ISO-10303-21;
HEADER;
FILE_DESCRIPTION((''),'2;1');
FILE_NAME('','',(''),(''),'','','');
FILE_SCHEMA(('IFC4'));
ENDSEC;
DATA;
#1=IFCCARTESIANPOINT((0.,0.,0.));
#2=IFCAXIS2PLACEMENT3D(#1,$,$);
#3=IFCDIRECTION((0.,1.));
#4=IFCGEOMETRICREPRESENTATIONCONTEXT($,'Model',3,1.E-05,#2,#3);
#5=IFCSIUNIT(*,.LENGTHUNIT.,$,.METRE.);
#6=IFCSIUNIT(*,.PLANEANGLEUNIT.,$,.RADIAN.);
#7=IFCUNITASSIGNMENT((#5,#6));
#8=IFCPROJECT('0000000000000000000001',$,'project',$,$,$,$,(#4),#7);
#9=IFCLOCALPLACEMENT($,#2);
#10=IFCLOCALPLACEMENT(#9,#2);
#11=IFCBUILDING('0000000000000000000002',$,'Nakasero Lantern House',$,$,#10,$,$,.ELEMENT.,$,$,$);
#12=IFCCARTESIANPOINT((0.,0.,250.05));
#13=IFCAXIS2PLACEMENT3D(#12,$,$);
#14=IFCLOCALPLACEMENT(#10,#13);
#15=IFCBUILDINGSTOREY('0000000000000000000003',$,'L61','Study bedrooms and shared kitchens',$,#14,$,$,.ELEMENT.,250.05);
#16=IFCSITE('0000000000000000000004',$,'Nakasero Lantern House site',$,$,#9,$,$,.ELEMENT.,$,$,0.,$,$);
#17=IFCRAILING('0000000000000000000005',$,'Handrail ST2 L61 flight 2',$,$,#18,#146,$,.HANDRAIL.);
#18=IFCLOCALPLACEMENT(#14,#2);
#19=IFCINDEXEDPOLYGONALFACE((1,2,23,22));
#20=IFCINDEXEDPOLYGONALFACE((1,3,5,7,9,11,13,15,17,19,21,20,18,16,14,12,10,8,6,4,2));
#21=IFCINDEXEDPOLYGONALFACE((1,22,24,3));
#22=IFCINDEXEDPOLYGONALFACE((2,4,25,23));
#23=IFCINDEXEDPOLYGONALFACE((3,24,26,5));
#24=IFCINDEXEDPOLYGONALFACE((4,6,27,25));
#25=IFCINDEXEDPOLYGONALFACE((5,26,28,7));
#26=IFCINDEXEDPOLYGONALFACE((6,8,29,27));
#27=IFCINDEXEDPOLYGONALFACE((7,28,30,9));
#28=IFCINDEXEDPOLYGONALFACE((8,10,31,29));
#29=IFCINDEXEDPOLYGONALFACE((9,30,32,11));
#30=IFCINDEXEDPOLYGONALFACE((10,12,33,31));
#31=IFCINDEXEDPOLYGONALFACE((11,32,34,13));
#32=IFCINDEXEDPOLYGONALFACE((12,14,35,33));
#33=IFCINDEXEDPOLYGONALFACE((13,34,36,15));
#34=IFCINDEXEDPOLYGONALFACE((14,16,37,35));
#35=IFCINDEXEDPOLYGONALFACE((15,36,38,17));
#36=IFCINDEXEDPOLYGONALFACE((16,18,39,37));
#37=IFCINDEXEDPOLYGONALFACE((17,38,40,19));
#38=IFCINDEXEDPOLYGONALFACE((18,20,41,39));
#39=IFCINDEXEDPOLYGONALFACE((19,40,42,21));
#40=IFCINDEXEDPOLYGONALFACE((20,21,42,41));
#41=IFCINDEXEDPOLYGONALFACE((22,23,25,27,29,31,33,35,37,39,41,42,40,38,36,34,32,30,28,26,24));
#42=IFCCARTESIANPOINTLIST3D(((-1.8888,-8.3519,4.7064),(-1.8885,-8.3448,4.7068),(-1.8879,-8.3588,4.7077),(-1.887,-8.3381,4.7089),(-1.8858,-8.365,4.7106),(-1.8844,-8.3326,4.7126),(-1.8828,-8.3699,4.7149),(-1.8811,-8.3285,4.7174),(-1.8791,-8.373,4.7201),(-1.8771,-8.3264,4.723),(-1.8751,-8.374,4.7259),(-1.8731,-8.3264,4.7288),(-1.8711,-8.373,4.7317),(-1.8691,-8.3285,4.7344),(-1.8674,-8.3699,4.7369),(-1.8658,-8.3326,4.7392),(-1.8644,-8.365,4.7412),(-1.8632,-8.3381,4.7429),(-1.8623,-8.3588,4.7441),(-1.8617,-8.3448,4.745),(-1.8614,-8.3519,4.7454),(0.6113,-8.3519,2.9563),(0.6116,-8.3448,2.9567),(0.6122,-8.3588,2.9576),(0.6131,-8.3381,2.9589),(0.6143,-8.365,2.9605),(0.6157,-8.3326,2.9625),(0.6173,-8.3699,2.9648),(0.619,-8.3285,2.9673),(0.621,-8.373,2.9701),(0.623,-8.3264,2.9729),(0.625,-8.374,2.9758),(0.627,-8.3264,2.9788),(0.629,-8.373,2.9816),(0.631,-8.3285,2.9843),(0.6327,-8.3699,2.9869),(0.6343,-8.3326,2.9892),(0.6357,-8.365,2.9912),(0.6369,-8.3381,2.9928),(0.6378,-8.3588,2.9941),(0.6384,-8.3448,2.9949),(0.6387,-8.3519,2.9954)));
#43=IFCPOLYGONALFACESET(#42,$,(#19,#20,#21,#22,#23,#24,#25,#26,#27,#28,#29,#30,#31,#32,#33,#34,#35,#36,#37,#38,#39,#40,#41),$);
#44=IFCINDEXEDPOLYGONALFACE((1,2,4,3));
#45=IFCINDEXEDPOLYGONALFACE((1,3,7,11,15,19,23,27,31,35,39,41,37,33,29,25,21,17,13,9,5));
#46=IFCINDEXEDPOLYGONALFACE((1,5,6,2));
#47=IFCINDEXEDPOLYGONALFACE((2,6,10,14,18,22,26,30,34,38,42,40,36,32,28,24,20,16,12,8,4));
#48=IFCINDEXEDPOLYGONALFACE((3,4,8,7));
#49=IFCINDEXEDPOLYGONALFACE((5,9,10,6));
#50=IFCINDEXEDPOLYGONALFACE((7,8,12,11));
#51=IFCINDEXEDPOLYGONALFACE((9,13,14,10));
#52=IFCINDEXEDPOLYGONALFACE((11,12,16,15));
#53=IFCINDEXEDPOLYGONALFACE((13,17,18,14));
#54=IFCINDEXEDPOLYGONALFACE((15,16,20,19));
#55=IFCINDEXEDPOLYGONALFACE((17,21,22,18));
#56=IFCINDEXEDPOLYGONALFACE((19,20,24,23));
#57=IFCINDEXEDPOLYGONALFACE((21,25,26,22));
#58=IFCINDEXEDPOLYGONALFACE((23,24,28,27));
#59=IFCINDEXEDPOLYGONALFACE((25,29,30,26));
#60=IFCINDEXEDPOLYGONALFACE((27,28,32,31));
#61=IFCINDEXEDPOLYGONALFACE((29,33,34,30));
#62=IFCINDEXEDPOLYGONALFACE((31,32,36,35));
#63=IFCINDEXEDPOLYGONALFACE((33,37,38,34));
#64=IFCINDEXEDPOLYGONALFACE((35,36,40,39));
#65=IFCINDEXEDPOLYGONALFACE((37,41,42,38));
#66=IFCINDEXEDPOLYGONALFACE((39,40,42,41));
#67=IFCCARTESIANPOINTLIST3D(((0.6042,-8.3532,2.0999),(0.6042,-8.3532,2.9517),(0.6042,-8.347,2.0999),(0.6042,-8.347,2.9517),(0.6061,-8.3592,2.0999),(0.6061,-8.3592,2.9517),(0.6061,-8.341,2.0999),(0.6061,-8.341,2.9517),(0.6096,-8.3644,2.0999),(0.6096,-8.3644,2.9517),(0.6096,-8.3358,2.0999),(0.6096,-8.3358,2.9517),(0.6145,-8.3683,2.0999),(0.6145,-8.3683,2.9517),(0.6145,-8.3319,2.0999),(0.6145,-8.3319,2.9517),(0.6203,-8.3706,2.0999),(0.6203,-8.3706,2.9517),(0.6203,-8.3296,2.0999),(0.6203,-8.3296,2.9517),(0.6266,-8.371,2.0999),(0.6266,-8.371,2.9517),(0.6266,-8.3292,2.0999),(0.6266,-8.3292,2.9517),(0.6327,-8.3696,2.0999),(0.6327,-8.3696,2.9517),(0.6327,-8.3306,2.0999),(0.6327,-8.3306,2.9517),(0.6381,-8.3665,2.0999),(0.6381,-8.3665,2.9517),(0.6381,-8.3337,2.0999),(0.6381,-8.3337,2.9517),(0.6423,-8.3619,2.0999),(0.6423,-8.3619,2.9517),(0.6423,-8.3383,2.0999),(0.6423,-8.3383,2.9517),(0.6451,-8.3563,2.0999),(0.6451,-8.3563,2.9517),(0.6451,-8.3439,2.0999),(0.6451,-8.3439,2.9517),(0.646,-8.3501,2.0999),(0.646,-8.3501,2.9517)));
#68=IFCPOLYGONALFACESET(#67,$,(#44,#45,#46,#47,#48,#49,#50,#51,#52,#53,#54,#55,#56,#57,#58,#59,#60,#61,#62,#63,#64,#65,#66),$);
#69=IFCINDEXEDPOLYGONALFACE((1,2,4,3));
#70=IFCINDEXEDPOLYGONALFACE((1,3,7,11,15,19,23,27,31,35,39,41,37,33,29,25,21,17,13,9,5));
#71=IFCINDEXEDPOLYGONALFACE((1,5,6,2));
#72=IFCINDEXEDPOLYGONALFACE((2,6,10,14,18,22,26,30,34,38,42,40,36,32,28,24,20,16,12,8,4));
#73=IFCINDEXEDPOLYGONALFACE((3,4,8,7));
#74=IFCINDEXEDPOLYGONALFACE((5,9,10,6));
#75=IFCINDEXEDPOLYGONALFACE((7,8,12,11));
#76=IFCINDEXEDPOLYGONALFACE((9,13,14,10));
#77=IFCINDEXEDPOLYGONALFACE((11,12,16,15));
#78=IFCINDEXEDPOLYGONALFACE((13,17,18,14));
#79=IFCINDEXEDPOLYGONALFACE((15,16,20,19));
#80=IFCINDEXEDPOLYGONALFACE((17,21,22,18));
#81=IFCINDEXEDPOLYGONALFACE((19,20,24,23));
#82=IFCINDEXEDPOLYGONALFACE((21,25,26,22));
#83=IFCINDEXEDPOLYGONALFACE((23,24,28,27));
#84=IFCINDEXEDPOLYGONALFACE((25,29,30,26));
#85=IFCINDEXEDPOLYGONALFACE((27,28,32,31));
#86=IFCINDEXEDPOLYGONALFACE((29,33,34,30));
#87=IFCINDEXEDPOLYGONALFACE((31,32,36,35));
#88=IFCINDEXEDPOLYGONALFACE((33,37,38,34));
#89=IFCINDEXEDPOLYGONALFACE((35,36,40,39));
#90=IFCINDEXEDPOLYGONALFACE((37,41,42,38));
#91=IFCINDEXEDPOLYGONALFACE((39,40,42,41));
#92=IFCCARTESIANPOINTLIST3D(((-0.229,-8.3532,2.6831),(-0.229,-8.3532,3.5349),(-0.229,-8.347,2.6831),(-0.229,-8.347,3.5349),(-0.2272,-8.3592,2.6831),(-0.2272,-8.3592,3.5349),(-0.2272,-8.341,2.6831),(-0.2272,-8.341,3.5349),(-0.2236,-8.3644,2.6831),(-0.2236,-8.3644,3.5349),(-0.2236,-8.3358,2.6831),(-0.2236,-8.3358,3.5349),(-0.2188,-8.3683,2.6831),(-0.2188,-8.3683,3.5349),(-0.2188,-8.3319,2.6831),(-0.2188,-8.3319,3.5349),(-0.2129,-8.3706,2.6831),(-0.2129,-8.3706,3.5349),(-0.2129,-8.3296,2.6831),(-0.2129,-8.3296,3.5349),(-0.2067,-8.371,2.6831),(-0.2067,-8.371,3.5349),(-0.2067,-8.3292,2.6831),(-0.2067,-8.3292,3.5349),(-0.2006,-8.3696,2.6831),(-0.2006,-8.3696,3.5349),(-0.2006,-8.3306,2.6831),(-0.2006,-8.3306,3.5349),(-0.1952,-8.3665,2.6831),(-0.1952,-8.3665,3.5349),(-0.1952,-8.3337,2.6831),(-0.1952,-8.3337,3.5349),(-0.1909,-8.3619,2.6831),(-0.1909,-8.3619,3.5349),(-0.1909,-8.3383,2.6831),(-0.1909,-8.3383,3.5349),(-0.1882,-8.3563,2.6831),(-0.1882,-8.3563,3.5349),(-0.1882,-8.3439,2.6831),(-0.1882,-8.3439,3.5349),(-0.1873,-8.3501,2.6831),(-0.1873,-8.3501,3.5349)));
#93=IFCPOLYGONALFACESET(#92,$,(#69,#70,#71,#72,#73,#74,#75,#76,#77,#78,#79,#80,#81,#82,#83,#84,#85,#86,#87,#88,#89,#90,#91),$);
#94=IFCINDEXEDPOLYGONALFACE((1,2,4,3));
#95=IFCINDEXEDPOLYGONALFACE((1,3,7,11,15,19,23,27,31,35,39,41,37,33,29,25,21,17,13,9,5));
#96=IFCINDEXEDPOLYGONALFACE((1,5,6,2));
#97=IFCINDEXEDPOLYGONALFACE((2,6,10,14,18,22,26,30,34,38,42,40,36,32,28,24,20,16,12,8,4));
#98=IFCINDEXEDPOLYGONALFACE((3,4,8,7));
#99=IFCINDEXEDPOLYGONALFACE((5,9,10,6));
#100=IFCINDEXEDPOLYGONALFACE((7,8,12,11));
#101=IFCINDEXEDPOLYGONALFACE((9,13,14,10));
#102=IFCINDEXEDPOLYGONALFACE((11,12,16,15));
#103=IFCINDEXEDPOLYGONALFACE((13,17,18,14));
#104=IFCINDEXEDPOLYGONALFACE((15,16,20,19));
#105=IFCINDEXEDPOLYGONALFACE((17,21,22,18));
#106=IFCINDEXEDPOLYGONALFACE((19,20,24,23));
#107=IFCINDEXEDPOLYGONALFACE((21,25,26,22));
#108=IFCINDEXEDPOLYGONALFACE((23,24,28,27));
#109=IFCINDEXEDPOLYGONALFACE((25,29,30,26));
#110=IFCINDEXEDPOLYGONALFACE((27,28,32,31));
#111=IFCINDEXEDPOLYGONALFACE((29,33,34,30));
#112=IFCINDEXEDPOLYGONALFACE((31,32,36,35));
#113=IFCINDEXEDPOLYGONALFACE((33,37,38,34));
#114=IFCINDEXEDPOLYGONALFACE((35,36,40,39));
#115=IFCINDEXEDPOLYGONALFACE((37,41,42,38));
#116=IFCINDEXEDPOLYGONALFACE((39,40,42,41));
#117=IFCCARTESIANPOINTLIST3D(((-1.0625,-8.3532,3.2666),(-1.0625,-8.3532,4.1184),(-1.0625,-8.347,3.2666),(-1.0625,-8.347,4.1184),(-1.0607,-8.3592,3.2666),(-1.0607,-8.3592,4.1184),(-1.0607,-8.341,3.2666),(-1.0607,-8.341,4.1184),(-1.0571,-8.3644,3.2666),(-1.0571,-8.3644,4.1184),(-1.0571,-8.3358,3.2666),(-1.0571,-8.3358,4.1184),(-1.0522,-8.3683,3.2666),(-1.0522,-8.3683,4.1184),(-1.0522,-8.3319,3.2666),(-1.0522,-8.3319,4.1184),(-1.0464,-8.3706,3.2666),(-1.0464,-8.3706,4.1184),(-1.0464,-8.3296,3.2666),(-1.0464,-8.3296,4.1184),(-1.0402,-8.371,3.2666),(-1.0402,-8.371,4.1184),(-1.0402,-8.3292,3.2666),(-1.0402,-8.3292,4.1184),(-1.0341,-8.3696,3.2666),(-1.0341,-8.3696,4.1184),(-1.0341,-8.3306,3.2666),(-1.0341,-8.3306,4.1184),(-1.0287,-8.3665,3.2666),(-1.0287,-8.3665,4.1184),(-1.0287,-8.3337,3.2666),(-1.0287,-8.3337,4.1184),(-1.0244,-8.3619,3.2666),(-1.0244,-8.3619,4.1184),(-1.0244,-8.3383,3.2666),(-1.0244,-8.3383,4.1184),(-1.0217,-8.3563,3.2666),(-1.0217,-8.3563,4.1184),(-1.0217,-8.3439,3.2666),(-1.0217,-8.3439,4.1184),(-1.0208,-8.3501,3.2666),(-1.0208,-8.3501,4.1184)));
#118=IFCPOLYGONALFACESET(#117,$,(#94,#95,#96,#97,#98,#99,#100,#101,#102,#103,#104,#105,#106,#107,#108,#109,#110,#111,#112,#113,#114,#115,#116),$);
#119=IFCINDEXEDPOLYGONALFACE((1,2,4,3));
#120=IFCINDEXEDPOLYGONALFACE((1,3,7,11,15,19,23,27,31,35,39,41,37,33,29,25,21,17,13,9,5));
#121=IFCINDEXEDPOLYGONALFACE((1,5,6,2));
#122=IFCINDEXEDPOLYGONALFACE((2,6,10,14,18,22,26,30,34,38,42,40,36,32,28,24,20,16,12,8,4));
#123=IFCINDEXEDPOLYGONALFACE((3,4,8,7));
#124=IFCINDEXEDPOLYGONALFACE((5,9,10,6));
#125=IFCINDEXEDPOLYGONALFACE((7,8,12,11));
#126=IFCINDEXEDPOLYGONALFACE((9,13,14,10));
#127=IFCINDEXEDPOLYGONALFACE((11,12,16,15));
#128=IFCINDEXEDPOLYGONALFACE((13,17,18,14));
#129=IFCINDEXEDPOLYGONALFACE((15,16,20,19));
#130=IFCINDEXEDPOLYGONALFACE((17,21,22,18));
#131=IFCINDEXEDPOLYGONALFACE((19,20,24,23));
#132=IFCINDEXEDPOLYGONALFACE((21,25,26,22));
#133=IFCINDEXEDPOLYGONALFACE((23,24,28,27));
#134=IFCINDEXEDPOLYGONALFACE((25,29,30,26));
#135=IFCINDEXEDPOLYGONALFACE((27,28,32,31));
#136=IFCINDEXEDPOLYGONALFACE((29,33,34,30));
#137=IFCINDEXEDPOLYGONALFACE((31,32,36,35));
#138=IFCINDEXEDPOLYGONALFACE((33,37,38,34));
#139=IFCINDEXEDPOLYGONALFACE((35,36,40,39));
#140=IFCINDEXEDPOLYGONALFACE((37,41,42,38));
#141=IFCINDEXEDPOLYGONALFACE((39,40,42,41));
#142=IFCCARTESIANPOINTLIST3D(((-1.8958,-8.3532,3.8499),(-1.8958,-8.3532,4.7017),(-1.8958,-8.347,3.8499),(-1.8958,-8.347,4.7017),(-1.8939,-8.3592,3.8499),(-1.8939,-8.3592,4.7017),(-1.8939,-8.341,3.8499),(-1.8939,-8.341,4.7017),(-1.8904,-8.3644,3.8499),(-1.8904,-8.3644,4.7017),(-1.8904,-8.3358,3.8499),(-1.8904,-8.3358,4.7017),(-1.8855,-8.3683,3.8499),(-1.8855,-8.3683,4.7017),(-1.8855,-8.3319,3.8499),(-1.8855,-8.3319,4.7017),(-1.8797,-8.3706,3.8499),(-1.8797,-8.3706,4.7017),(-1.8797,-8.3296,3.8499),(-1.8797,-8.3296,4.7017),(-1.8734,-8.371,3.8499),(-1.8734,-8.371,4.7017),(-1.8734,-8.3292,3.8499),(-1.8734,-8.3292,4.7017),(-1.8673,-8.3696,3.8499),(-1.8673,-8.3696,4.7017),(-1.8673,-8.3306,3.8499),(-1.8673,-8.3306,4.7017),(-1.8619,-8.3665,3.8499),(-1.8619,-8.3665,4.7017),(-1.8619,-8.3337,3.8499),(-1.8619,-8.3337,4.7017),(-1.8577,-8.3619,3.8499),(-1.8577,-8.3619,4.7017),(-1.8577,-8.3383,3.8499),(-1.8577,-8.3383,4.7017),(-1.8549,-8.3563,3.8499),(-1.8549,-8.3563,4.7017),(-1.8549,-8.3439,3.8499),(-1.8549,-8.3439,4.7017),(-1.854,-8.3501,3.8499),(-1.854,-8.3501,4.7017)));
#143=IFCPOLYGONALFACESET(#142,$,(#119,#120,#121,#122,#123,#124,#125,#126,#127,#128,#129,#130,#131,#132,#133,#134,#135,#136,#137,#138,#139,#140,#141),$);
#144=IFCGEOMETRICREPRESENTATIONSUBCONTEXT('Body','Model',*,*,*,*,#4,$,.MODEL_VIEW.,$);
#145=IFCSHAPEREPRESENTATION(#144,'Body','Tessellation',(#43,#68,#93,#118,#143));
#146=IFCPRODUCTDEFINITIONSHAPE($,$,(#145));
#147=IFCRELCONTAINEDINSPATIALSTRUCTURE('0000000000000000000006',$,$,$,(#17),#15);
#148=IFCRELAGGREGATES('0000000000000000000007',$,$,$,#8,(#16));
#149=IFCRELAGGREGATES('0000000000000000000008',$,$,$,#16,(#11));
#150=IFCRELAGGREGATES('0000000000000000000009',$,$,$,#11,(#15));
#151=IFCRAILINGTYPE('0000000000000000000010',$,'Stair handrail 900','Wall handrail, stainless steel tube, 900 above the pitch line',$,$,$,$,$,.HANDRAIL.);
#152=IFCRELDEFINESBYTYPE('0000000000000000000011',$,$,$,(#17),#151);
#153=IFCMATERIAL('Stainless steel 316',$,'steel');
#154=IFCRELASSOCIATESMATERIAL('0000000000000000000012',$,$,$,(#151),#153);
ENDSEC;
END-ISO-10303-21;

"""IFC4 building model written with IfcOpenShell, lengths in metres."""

from ifc_helpers import new_model, si_unit, direction, frame, origin, origin_2d, place, context, subcontext, project, spatial, circle, extrude, material, type_object, element, save


model = new_model("IFC4")

# Units and contexts
model_context = context("Model", 3, precision=1e-05, world=origin(), true_north=direction((0.0, 1.0)))
body_context = subcontext(model_context, "Body", "Model", "MODEL_VIEW")
ifc_project = project(units=[si_unit("LENGTHUNIT", "METRE"), si_unit("PLANEANGLEUNIT", "RADIAN")], contexts=[model_context])

# Site, building, storey
site_placement = place(None, origin())
site = spatial("IfcSite", under=ifc_project, at=site_placement, Name="Nakasero Lantern House site", CompositionType="ELEMENT", RefElevation=0.0)
building_placement = place(site_placement, origin())
building = spatial("IfcBuilding", under=site, at=building_placement, Name="Nakasero Lantern House", CompositionType="ELEMENT")
storey_placement = place(building_placement, frame((0.0, 0.0, 250.05)))
storey = spatial("IfcBuildingStorey", under=building, at=storey_placement, Name="L61", Description="Study bedrooms and shared kitchens", CompositionType="ELEMENT", Elevation=250.05)

# Railing
ifc_material_1 = material(Name="Stainless steel 316", Category="steel")
railing_type = type_object("IfcRailingType", Name="Stair handrail 900", Description="Wall handrail, stainless steel tube, 900 above the pitch line", PredefinedType="HANDRAIL", material=ifc_material_1)
railing_placement = place(storey_placement, frame((0.625, -8.3501, 2.0999)))
element("IfcRailing", 1, at=railing_placement, inside=storey, type_object=railing_type, Name="Handrail ST2 L61 flight 2", PredefinedType="HANDRAIL", context=body_context, shape_type="SweptSolid", body=[
    extrude(circle(Radius=0.0239, at=origin_2d()), frame((0.0, 0.0, 0.876), z_axis=(-0.819232, 0.0, 0.573462), x_axis=(0.0, -1.0, 0.0)), (0.0, 0.0, 1.0), 3.0518),
    extrude(circle(Radius=0.021, at=origin_2d()), origin(), (0.0, 0.0, 1.0), 0.8518),
    extrude(circle(Radius=0.021, at=origin_2d()), frame((-0.8333, 0.0, 0.5833)), (0.0, 0.0, 1.0), 0.8518),
    extrude(circle(Radius=0.021, at=origin_2d()), frame((-1.6667, 0.0, 1.1667)), (0.0, 0.0, 1.0), 0.8518),
    extrude(circle(Radius=0.021, at=origin_2d()), frame((-2.5, 0.0, 1.75)), (0.0, 0.0, 1.0), 0.8518),
])

save(model, "model.ifc")
